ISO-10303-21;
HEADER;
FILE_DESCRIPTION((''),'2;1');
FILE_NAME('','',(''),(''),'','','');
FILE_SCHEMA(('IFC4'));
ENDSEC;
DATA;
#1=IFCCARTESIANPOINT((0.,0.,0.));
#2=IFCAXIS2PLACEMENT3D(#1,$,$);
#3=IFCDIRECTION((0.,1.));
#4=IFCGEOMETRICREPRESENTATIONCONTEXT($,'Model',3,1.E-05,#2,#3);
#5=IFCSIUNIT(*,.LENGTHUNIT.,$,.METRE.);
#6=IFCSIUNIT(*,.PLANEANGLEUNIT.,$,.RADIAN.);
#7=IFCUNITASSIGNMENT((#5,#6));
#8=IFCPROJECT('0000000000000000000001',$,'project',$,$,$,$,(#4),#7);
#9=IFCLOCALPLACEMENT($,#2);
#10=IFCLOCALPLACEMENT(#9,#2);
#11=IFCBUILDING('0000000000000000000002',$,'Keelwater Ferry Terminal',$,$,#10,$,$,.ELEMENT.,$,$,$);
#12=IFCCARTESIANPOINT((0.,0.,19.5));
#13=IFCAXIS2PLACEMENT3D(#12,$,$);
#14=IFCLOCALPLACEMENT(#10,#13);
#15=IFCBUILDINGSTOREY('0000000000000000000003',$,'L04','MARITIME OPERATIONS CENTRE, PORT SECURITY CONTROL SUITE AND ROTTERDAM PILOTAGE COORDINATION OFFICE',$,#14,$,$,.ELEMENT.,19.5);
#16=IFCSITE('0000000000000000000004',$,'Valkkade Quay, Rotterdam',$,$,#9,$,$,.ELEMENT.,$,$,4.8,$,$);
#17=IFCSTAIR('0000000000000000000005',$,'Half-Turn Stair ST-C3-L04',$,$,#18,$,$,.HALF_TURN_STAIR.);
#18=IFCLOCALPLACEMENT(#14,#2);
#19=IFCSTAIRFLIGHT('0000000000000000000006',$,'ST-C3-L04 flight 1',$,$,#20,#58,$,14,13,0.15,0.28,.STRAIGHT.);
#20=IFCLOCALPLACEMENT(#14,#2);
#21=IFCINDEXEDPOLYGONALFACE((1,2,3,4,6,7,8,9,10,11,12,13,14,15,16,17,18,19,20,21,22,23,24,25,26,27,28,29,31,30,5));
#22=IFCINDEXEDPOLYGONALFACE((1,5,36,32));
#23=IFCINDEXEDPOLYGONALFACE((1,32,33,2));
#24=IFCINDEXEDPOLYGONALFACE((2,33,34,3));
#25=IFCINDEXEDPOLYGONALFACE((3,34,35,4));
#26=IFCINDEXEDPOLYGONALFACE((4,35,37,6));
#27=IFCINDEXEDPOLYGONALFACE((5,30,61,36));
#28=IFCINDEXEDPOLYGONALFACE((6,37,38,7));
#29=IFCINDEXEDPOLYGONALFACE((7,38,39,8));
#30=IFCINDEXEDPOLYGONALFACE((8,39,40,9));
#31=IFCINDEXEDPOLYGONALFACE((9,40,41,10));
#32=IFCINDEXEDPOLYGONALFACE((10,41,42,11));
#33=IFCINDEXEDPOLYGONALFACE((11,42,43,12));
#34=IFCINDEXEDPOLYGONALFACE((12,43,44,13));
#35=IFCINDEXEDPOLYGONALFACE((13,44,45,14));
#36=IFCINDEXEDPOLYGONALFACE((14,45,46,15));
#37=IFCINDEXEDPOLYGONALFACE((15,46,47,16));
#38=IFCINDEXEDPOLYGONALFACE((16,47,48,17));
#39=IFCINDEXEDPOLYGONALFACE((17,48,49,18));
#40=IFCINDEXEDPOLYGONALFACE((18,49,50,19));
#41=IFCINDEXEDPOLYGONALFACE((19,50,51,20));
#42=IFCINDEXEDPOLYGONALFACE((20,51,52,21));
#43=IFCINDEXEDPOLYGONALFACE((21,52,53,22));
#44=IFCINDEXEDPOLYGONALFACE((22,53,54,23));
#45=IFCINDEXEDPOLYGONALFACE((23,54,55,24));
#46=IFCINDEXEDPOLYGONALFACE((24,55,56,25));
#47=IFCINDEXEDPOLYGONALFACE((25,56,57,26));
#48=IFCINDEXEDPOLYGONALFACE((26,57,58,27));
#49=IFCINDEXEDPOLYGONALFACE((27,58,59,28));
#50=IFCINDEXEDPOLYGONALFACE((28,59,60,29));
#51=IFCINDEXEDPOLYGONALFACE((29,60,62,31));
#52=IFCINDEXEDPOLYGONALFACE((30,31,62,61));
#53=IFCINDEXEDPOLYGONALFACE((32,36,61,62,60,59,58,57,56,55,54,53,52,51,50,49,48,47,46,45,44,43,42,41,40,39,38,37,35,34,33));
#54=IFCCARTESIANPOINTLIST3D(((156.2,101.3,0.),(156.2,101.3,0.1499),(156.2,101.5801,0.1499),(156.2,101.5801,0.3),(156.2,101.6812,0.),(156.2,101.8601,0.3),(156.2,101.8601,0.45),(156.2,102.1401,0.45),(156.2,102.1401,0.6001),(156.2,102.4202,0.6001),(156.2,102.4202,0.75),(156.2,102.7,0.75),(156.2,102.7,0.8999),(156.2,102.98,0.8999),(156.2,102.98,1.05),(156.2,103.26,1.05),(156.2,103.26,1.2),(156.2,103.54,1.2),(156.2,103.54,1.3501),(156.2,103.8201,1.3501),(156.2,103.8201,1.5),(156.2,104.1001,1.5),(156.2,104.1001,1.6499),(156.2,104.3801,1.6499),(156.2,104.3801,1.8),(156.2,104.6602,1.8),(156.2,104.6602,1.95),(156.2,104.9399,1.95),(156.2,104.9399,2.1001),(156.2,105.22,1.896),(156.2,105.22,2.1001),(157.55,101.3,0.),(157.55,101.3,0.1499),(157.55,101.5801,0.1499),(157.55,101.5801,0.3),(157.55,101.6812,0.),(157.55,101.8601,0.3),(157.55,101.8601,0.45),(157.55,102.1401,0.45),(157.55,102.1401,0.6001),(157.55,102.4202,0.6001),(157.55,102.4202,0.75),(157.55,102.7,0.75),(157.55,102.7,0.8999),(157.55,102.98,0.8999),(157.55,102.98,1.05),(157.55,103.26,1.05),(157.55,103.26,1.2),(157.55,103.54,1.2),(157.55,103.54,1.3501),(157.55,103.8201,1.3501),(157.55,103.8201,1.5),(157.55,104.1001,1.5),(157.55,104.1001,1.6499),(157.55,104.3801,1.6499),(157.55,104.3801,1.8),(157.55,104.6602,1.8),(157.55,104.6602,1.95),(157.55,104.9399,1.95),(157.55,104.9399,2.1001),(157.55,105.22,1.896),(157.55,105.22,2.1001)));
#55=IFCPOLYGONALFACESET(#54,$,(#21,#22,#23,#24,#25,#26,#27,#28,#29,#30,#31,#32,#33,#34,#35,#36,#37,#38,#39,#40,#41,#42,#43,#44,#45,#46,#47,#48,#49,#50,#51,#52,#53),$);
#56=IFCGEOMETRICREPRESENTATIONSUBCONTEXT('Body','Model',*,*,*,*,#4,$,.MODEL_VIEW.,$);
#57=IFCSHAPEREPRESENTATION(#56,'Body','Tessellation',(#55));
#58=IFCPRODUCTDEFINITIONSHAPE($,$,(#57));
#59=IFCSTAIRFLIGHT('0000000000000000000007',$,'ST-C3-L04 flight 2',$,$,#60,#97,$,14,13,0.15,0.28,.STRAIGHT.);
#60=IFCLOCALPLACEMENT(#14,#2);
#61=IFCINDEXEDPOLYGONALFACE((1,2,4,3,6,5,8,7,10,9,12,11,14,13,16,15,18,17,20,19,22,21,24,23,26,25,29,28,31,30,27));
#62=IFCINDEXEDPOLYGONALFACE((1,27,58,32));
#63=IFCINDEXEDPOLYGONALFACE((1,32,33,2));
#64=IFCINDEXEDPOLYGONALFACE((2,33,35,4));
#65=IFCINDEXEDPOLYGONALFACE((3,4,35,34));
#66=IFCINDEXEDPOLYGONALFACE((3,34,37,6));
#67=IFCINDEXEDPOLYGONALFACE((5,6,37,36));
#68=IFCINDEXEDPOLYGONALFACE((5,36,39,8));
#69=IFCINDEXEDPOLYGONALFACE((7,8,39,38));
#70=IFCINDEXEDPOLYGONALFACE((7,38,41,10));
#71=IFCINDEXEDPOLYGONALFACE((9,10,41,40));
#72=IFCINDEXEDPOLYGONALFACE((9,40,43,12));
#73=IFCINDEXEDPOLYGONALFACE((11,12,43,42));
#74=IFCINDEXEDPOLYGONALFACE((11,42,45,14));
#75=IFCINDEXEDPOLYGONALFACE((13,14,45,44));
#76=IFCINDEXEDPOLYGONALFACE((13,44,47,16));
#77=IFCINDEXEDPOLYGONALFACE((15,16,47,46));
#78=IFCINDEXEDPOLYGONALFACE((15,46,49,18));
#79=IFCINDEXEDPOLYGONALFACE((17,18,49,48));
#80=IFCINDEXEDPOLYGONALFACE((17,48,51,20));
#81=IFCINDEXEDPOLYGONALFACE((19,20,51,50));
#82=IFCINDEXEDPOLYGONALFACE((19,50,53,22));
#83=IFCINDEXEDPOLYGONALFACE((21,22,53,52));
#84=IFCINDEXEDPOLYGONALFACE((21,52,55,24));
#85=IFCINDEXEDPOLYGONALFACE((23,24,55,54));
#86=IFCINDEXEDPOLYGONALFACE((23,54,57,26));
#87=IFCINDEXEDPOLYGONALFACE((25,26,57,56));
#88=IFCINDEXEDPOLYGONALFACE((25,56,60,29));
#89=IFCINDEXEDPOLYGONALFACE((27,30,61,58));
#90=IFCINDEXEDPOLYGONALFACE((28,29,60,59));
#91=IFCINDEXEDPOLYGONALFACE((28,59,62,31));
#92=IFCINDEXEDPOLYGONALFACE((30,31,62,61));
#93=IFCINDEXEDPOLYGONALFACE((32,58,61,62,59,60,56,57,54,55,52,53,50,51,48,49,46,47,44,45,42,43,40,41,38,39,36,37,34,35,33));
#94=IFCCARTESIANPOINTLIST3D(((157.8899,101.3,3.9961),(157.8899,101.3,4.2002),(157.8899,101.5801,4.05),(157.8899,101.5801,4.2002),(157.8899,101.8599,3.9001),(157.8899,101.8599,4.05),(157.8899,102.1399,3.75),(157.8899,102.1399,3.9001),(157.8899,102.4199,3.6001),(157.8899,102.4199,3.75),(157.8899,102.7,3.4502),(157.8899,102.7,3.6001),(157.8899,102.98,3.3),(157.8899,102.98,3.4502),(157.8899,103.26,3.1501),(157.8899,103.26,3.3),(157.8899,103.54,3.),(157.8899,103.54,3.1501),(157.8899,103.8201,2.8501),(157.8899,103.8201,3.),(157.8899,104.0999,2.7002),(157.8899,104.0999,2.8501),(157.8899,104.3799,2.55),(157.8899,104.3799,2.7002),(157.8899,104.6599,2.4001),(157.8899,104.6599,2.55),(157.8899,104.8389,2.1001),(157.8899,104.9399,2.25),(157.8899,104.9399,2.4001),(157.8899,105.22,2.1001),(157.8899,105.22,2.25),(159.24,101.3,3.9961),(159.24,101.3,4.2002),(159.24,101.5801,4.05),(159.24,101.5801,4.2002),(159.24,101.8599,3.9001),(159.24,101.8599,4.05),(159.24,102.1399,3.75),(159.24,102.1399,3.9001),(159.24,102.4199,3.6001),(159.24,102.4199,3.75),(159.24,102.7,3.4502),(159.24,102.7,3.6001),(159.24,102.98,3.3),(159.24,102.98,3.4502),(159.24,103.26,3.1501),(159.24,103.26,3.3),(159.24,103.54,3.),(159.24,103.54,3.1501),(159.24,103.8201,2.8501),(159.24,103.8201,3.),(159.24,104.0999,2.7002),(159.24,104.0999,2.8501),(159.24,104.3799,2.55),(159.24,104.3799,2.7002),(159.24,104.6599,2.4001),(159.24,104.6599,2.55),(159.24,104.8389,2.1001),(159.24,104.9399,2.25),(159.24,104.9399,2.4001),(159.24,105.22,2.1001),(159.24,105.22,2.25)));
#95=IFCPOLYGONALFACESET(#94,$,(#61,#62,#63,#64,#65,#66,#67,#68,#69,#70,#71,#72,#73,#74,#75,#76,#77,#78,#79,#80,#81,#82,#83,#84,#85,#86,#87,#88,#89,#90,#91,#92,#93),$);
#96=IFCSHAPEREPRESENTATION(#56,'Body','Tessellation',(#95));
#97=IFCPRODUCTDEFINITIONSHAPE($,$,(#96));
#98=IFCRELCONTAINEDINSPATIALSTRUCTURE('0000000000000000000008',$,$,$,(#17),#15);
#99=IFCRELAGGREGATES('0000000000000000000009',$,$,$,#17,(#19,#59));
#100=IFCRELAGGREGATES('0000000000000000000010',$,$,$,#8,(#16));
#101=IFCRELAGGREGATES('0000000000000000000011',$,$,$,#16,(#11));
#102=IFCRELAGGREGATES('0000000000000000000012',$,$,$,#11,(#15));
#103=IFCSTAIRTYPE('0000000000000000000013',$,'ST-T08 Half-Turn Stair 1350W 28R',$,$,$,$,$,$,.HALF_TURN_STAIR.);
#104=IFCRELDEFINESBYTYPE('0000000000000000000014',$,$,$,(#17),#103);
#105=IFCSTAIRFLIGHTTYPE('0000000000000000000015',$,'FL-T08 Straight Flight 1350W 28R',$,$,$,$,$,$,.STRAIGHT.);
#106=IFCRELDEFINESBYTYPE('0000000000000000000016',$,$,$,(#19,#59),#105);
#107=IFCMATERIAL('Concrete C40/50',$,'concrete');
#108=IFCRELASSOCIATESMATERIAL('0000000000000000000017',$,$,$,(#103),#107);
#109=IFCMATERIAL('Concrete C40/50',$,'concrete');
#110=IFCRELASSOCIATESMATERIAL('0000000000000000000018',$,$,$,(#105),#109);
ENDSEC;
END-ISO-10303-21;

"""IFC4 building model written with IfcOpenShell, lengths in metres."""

from ifc_helpers import new_model, si_unit, direction, frame, origin, place, context, subcontext, project, spatial, polyline, outline, extrude, material, type_object, element, aggregate, save


model = new_model("IFC4")

# Units and contexts
model_context = context("Model", 3, precision=1e-05, world=origin(), true_north=direction((0.0, 1.0)))
body_context = subcontext(model_context, "Body", "Model", "MODEL_VIEW")
ifc_project = project(units=[si_unit("LENGTHUNIT", "METRE"), si_unit("PLANEANGLEUNIT", "RADIAN")], contexts=[model_context])

# Site, building, storey
site_placement = place(None, origin())
site = spatial("IfcSite", under=ifc_project, at=site_placement, Name="Valkkade Quay, Rotterdam", CompositionType="ELEMENT", RefElevation=4.8)
building_placement = place(site_placement, origin())
building = spatial("IfcBuilding", under=site, at=building_placement, Name="Keelwater Ferry Terminal", CompositionType="ELEMENT")
storey_placement = place(building_placement, frame((0.0, 0.0, 19.5)))
storey = spatial("IfcBuildingStorey", under=building, at=storey_placement, Name="L04", Description="MARITIME OPERATIONS CENTRE, PORT SECURITY CONTROL SUITE AND ROTTERDAM PILOTAGE COORDINATION OFFICE", CompositionType="ELEMENT", Elevation=19.5)

# Stair, stair flights
ifc_material_1 = material(Name="Concrete C40/50", Category="concrete")
stair_type = type_object("IfcStairType", Name="ST-T08 Half-Turn Stair 1350W 28R", PredefinedType="HALF_TURN_STAIR", material=ifc_material_1)
stair_placement = place(storey_placement, origin())
stair = element("IfcStair", 1, at=stair_placement, inside=storey, type_object=stair_type, Name="Half-Turn Stair ST-C3-L04", PredefinedType="HALF_TURN_STAIR")
ifc_material_2 = material(Name="Concrete C40/50", Category="concrete")
stair_flight_type = type_object("IfcStairFlightType", Name="FL-T08 Straight Flight 1350W 28R", PredefinedType="STRAIGHT", material=ifc_material_2)
stair_flight_1_placement = place(storey_placement, frame((156.875, 101.3, 0.0), z_axis=(0.0, 0.0, 1.0), x_axis=(0.0, 1.0, 0.0)))
stair_flight_1 = element("IfcStairFlight", 2, at=stair_flight_1_placement, type_object=stair_flight_type, Name="ST-C3-L04 flight 1", NumberOfRisers=14, NumberOfTreads=13, PredefinedType="STRAIGHT", RiserHeight=0.15, TreadLength=0.28, context=body_context, shape_type="SweptSolid", body=[
    extrude(outline(polyline([(0.0, 0.0), (0.0, 0.1499), (0.28, 0.1499), (0.28, 0.3), (0.5601, 0.3), (0.5601, 0.45), (0.8401, 0.45), (0.8401, 0.6001), (1.1201, 0.6001), (1.1201, 0.75), (1.3999, 0.75), (1.3999, 0.8999), (1.6799, 0.8999), (1.6799, 1.05), (1.96, 1.05), (1.96, 1.2), (2.24, 1.2), (2.24, 1.3501), (2.52, 1.3501), (2.52, 1.5), (2.8, 1.5), (2.8, 1.6499), (3.0801, 1.6499), (3.0801, 1.8), (3.3601, 1.8), (3.3601, 1.95), (3.6399, 1.95), (3.6399, 2.1001), (3.9199, 2.1001), (3.9199, 1.896), (0.3811, 0.0), (0.0, 0.0)])), frame((0.0, 0.675, 0.0), z_axis=(0.0, -1.0, 0.0), x_axis=(1.0, 0.0, 0.0)), (0.0, 0.0, 1.0), 1.3501),
])
stair_flight_2_placement = place(storey_placement, frame((158.5649, 105.22, 2.1001), z_axis=(0.0, 0.0, 1.0), x_axis=(0.0, -1.0, 0.0)))
stair_flight_2 = element("IfcStairFlight", 3, at=stair_flight_2_placement, type_object=stair_flight_type, Name="ST-C3-L04 flight 2", NumberOfRisers=14, NumberOfTreads=13, PredefinedType="STRAIGHT", RiserHeight=0.15, TreadLength=0.28, context=body_context, shape_type="SweptSolid", body=[
    extrude(outline(polyline([(0.0, 0.0), (0.0, 0.1499), (0.28, 0.1499), (0.28, 0.3), (0.5601, 0.3), (0.5601, 0.45), (0.8401, 0.45), (0.8401, 0.6001), (1.1201, 0.6001), (1.1201, 0.75), (1.3999, 0.75), (1.3999, 0.8999), (1.6799, 0.8999), (1.6799, 1.05), (1.96, 1.05), (1.96, 1.2), (2.24, 1.2), (2.24, 1.3501), (2.52, 1.3501), (2.52, 1.5), (2.8, 1.5), (2.8, 1.6499), (3.0801, 1.6499), (3.0801, 1.8), (3.3601, 1.8), (3.3601, 1.95), (3.6399, 1.95), (3.6399, 2.1001), (3.9199, 2.1001), (3.9199, 1.896), (0.3811, 0.0), (0.0, 0.0)])), frame((0.0, 0.675, 0.0), z_axis=(0.0, -1.0, 0.0), x_axis=(1.0, 0.0, 0.0)), (0.0, 0.0, 1.0), 1.3501),
])
aggregate(stair, [stair_flight_1, stair_flight_2])

save(model, "model.ifc")
